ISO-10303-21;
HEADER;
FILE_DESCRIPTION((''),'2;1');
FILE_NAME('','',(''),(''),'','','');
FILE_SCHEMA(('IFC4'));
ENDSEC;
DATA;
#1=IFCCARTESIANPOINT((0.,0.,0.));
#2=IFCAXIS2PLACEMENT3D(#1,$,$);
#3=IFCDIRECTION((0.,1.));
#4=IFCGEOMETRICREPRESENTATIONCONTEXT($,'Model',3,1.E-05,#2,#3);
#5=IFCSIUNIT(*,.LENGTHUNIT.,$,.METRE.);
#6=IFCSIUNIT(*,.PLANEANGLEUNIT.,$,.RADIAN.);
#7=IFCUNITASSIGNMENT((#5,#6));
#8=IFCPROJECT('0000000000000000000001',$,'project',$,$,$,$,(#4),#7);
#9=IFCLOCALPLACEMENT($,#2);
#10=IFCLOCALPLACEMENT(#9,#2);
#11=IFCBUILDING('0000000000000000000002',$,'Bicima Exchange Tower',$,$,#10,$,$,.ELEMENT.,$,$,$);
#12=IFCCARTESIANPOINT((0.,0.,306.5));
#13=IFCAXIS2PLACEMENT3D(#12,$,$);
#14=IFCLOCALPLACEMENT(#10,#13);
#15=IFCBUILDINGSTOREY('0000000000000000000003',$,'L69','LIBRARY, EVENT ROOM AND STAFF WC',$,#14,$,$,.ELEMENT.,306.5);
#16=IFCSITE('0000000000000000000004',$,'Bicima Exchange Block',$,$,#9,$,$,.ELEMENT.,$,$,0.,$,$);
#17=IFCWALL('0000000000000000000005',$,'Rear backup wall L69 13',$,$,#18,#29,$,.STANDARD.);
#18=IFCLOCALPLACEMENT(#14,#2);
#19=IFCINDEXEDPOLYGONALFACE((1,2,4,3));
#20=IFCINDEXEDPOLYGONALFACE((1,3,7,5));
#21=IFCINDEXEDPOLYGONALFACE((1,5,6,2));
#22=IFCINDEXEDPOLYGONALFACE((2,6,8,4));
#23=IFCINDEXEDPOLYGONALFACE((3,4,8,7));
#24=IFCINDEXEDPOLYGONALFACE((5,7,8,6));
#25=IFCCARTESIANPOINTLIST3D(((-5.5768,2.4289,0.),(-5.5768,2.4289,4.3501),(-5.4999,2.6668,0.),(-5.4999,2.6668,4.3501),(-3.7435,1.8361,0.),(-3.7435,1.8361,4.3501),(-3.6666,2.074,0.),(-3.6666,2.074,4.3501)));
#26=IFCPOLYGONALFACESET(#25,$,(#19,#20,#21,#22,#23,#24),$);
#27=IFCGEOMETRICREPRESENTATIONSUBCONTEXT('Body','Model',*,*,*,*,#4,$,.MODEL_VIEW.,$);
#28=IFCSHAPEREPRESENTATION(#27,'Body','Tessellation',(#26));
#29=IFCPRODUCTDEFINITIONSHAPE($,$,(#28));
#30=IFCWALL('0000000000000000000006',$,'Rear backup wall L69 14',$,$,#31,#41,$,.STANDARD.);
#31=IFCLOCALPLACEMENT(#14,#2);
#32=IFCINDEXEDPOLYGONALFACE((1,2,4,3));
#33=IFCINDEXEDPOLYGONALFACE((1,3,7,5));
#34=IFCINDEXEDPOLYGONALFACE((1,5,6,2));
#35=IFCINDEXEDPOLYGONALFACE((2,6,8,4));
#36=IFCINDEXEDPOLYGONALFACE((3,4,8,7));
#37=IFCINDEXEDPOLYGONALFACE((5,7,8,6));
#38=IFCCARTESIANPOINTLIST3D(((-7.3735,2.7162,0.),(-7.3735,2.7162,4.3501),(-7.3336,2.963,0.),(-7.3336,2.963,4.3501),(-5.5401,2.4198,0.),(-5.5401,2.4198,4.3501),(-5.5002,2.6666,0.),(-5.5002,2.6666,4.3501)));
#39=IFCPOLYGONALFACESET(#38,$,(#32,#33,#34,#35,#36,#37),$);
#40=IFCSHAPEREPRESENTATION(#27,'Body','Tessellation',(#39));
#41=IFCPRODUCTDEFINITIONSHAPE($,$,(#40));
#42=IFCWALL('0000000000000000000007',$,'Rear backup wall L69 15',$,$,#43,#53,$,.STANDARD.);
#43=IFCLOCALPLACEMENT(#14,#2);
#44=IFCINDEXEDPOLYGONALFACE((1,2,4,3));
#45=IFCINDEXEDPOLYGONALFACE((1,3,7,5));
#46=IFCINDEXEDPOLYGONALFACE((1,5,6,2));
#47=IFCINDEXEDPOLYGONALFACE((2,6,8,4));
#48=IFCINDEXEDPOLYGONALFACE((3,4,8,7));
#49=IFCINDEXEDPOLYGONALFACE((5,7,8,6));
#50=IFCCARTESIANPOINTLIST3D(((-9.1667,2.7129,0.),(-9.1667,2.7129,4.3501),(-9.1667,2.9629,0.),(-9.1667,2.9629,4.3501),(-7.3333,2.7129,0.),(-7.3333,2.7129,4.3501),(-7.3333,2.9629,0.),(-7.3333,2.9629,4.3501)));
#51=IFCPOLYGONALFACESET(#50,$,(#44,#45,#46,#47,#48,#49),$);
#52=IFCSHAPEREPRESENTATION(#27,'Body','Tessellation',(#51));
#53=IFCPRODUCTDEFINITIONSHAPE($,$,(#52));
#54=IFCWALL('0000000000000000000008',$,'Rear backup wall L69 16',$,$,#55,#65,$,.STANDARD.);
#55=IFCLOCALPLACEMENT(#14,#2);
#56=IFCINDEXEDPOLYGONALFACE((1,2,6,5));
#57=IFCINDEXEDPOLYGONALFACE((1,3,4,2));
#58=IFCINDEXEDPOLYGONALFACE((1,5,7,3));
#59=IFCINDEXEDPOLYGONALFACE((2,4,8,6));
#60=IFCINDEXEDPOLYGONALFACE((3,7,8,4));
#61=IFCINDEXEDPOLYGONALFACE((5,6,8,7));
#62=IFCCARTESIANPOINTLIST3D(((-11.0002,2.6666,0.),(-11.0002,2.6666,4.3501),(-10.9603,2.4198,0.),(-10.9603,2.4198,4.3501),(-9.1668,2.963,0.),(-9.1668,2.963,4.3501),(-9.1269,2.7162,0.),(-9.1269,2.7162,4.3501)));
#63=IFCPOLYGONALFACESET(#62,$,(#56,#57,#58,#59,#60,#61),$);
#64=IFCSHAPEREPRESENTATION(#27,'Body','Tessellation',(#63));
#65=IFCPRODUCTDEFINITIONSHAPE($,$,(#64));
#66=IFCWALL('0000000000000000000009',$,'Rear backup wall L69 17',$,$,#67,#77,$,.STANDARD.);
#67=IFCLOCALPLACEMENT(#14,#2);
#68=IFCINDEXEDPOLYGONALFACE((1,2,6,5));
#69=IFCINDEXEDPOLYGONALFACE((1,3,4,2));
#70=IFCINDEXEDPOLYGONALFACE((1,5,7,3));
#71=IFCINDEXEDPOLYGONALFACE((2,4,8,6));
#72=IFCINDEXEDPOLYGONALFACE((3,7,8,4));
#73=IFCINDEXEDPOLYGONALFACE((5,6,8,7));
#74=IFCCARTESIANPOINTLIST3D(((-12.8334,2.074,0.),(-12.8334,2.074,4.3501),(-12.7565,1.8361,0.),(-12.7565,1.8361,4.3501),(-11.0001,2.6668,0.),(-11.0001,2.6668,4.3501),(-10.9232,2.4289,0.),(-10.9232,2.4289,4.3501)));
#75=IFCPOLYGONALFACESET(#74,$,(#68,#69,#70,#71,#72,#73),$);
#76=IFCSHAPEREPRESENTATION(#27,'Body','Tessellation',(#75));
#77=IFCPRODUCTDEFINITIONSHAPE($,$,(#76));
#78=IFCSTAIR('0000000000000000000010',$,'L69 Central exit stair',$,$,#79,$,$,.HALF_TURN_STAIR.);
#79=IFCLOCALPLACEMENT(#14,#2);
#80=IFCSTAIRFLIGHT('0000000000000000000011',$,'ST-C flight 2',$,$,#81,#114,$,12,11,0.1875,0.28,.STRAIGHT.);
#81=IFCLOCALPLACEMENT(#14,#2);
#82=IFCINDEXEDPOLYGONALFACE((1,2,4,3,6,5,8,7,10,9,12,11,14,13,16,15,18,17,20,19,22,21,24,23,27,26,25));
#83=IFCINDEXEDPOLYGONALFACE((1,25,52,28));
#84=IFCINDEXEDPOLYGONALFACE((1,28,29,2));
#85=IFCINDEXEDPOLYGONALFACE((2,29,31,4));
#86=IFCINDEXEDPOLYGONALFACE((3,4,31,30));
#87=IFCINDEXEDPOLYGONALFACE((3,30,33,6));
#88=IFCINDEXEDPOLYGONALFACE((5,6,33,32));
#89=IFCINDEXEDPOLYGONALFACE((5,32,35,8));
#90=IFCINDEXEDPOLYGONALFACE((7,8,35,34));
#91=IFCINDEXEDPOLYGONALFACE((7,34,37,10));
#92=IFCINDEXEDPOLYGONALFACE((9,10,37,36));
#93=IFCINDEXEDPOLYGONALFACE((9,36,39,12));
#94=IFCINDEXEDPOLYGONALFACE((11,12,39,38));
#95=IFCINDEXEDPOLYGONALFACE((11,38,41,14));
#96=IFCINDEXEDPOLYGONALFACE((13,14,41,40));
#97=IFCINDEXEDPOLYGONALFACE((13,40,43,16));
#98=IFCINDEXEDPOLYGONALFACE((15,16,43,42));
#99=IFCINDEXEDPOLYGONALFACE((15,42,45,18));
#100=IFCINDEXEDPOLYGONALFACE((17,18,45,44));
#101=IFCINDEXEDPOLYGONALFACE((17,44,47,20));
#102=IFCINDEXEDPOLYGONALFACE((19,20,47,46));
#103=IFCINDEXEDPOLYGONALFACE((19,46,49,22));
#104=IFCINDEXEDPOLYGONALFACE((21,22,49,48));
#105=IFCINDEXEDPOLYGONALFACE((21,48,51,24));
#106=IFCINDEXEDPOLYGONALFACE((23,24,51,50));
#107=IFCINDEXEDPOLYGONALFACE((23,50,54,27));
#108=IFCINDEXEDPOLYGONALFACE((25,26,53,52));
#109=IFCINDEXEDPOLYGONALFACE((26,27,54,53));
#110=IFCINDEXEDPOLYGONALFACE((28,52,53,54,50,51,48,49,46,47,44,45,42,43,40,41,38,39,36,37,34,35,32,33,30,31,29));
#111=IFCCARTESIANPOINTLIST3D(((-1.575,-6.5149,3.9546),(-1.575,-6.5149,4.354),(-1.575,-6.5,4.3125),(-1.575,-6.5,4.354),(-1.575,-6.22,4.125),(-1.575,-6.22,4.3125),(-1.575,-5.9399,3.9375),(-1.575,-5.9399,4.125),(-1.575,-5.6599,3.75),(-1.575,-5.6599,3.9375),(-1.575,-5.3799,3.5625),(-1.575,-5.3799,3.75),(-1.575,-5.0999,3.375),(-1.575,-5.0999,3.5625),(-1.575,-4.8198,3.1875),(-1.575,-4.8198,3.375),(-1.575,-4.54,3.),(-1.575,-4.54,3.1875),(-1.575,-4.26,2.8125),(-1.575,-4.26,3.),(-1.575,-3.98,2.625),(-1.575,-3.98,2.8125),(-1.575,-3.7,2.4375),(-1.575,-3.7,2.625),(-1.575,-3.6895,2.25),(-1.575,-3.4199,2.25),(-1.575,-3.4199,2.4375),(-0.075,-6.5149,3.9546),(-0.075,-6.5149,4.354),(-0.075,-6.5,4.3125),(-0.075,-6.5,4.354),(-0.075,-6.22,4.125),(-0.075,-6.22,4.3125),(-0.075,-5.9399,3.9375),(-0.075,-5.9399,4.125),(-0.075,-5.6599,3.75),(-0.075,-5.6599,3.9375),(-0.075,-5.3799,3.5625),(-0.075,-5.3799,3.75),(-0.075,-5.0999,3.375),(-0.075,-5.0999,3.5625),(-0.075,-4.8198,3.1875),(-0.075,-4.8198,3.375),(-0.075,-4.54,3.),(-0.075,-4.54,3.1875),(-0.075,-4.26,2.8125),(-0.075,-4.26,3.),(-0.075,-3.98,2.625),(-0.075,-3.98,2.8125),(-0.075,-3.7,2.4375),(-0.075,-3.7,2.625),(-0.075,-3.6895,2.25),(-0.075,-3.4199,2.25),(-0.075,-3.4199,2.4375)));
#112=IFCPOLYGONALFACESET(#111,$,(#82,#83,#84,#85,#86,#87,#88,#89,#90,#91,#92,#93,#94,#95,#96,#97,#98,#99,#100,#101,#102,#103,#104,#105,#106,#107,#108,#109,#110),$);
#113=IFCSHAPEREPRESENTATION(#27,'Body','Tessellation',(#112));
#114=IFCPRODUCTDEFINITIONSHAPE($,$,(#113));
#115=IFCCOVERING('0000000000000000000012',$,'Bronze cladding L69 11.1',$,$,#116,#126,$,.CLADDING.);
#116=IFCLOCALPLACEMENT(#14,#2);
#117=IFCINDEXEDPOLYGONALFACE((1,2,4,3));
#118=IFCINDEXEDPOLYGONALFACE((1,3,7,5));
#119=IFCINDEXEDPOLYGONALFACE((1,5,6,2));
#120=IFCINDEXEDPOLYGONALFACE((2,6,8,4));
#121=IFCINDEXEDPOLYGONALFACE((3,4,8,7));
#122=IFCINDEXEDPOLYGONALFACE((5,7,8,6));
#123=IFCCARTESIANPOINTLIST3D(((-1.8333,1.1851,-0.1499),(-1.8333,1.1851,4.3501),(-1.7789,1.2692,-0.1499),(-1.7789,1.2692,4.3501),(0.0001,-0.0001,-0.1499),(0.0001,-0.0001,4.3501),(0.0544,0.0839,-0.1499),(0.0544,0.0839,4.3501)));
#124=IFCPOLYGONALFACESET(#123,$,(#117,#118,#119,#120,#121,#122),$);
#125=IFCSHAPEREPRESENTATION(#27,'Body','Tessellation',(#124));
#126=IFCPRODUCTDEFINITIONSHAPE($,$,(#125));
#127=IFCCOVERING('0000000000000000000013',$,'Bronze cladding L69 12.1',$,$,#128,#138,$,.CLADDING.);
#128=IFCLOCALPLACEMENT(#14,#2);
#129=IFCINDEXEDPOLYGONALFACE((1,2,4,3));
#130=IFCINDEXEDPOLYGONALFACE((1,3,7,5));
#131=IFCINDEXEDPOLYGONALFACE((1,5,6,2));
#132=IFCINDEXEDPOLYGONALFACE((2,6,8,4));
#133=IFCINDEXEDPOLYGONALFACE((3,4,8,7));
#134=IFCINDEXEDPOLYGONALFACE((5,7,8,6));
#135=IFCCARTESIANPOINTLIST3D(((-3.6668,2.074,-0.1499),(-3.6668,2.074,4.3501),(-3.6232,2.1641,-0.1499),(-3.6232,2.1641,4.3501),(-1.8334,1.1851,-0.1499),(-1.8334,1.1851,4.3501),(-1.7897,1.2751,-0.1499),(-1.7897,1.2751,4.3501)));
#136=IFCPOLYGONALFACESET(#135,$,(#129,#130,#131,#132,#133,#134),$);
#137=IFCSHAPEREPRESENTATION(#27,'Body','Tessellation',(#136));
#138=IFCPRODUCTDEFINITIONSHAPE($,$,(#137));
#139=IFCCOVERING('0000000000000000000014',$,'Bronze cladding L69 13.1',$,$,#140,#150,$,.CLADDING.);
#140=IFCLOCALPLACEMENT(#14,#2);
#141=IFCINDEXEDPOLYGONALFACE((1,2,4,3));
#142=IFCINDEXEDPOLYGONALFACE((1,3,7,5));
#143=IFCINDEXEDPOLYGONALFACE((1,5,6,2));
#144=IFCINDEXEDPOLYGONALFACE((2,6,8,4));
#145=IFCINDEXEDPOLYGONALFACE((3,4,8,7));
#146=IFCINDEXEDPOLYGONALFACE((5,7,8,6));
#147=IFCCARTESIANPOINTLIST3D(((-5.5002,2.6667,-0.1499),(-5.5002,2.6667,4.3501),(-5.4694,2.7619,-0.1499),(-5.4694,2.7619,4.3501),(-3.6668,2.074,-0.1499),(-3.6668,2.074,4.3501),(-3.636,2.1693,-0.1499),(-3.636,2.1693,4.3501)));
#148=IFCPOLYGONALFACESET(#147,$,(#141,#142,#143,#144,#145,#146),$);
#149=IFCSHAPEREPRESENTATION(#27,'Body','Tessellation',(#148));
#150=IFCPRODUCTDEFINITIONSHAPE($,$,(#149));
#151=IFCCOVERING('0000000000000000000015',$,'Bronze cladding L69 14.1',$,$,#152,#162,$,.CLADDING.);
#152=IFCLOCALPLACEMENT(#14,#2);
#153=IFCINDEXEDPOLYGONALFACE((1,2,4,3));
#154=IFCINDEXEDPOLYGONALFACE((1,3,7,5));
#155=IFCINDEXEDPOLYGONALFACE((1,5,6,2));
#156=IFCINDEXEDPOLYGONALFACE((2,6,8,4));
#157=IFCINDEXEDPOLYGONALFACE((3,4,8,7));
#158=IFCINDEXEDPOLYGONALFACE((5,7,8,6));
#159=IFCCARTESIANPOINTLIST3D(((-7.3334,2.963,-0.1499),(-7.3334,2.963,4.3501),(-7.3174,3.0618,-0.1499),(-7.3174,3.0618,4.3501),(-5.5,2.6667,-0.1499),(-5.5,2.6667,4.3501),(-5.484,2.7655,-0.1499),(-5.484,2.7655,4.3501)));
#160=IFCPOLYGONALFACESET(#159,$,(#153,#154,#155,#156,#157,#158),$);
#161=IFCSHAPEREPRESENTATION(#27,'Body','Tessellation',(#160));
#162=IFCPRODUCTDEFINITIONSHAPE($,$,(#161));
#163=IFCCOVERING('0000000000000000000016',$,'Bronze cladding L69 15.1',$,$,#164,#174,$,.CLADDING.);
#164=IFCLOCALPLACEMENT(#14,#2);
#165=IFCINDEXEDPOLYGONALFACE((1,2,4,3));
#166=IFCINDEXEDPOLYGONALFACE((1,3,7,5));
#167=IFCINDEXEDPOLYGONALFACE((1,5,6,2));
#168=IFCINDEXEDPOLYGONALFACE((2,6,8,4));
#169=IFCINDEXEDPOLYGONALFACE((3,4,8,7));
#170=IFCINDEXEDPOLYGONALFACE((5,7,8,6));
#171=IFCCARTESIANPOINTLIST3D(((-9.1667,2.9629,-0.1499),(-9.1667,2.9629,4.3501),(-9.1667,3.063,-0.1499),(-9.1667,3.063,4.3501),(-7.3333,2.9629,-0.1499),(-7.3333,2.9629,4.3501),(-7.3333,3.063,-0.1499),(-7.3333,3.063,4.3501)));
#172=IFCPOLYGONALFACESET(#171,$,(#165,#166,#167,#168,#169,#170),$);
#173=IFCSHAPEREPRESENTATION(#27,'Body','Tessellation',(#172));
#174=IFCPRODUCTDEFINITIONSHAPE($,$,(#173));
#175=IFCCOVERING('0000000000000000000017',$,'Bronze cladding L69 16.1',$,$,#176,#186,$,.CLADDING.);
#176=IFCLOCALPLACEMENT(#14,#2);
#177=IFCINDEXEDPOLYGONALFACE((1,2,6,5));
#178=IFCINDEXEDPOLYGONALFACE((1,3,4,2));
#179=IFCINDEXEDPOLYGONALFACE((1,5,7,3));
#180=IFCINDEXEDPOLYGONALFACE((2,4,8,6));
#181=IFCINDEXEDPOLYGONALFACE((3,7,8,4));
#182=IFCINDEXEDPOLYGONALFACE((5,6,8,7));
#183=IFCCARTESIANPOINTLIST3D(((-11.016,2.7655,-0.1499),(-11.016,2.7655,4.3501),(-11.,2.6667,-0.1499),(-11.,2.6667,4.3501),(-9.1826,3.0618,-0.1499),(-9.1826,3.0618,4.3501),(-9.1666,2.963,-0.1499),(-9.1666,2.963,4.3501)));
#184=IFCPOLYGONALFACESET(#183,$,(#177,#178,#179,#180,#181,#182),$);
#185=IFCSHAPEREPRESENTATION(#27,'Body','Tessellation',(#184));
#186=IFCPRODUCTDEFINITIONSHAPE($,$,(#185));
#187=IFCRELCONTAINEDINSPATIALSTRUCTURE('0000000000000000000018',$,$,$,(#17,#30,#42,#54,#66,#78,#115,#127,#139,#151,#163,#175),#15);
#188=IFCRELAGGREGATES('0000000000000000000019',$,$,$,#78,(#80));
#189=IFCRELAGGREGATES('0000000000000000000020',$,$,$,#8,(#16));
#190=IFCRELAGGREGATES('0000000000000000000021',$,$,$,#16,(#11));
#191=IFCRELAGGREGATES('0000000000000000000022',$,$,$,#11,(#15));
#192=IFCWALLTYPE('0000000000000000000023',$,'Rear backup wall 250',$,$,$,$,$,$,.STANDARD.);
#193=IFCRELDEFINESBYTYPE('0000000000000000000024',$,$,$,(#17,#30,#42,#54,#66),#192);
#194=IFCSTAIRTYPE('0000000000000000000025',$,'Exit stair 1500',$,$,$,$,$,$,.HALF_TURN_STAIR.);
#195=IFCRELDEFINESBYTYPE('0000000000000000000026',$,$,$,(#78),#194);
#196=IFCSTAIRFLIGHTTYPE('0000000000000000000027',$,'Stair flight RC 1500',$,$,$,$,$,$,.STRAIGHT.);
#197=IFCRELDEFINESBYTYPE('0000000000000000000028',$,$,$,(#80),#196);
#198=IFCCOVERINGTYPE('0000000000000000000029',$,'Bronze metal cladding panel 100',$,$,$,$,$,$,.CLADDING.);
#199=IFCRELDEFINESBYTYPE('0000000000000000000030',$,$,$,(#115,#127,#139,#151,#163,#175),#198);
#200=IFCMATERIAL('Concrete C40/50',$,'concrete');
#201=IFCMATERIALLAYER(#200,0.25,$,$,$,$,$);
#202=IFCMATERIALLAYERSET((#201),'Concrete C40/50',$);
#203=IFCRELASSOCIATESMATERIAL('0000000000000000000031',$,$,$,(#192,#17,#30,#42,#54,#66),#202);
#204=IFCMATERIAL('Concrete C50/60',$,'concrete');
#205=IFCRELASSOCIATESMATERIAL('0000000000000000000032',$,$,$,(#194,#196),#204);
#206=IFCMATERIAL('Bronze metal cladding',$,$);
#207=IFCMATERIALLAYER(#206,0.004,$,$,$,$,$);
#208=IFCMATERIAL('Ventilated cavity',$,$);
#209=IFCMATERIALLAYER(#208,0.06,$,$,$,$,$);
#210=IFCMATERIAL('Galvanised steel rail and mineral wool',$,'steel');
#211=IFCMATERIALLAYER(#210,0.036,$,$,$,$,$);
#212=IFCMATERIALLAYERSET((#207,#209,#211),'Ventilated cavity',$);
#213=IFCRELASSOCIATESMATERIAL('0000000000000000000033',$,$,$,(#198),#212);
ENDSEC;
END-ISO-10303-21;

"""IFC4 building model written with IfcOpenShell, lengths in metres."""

from ifc_helpers import new_model, si_unit, direction, frame, frame_2d, origin, origin_2d, place, context, subcontext, project, spatial, polyline, rectangle, outline, extrude, material, layer, layer_set, layer_usage, type_object, element, aggregate, save


model = new_model("IFC4")

# Units and contexts
model_context = context("Model", 3, precision=1e-05, world=origin(), true_north=direction((0.0, 1.0)))
body_context = subcontext(model_context, "Body", "Model", "MODEL_VIEW")
ifc_project = project(units=[si_unit("LENGTHUNIT", "METRE"), si_unit("PLANEANGLEUNIT", "RADIAN")], contexts=[model_context])

# Site, building, storey
site_placement = place(None, origin())
site = spatial("IfcSite", under=ifc_project, at=site_placement, Name="Bicima Exchange Block", CompositionType="ELEMENT", RefElevation=0.0)
building_placement = place(site_placement, origin())
building = spatial("IfcBuilding", under=site, at=building_placement, Name="Bicima Exchange Tower", CompositionType="ELEMENT")
storey_placement = place(building_placement, frame((0.0, 0.0, 306.5)))
storey = spatial("IfcBuildingStorey", under=building, at=storey_placement, Name="L69", Description="LIBRARY, EVENT ROOM AND STAFF WC", CompositionType="ELEMENT", Elevation=306.5)

# Shared definitions
ifc_material_1 = material(Name="Concrete C40/50", Category="concrete")
ifc_material_2 = material(Name="Concrete C50/60", Category="concrete")

# Walls
ifc_layer_1 = layer(ifc_material_1, 0.25)
ifc_layer_set_1 = layer_set([ifc_layer_1], Name="Concrete C40/50")
ifc_layer_usage = layer_usage(ifc_layer_set_1, "AXIS2", "POSITIVE", -0.125)
wall_type_1 = type_object("IfcWallType", Name="Rear backup wall 250", PredefinedType="STANDARD", material=ifc_layer_set_1)
wall_1_placement = place(storey_placement, frame((-3.7051, 1.9551, 0.0), z_axis=(0.0, 0.0, 1.0), x_axis=(-0.951496, 0.307662, 0.0)))
element("IfcWall", 1, at=wall_1_placement, inside=storey, type_object=wall_type_1, material=ifc_layer_usage, Name="Rear backup wall L69 13", PredefinedType="STANDARD", context=body_context, shape_type="SweptSolid", body=[
    extrude(rectangle(XDim=1.9268, YDim=0.25, at=frame_2d((0.9634, 0.0))), origin(), (0.0, 0.0, 1.0), 4.3501),
])
wall_2_placement = place(storey_placement, frame((-5.52, 2.5432, 0.0), z_axis=(0.0, 0.0, 1.0), x_axis=(-0.987182, 0.1596, 0.0)))
element("IfcWall", 2, at=wall_2_placement, inside=storey, type_object=wall_type_1, material=ifc_layer_usage, Name="Rear backup wall L69 14", PredefinedType="STANDARD", context=body_context, shape_type="SweptSolid", body=[
    extrude(rectangle(XDim=1.8572, YDim=0.25, at=frame_2d((0.9287, 0.0))), origin(), (0.0, 0.0, 1.0), 4.3501),
])
wall_3_placement = place(storey_placement, frame((-7.3333, 2.8379, 0.0), z_axis=(0.0, 0.0, 1.0), x_axis=(-1.0, 0.0, 0.0)))
element("IfcWall", 3, at=wall_3_placement, inside=storey, type_object=wall_type_1, material=ifc_layer_usage, Name="Rear backup wall L69 15", PredefinedType="STANDARD", context=body_context, shape_type="SweptSolid", body=[
    extrude(rectangle(XDim=1.8335, YDim=0.25, at=frame_2d((0.9167, 0.0))), origin(), (0.0, 0.0, 1.0), 4.3501),
])
wall_4_placement = place(storey_placement, frame((-9.1467, 2.8396, 0.0), z_axis=(0.0, 0.0, 1.0), x_axis=(-0.987182, -0.1596, 0.0)))
element("IfcWall", 4, at=wall_4_placement, inside=storey, type_object=wall_type_1, material=ifc_layer_usage, Name="Rear backup wall L69 16", PredefinedType="STANDARD", context=body_context, shape_type="SweptSolid", body=[
    extrude(rectangle(XDim=1.8572, YDim=0.25, at=frame_2d((0.9287, 0.0))), origin(), (0.0, 0.0, 1.0), 4.3501),
])
wall_5_placement = place(storey_placement, frame((-10.9617, 2.5479, 0.0), z_axis=(0.0, 0.0, 1.0), x_axis=(-0.951496, -0.307662, 0.0)))
element("IfcWall", 5, at=wall_5_placement, inside=storey, type_object=wall_type_1, material=ifc_layer_usage, Name="Rear backup wall L69 17", PredefinedType="STANDARD", context=body_context, shape_type="SweptSolid", body=[
    extrude(rectangle(XDim=1.9268, YDim=0.25, at=frame_2d((0.9634, 0.0))), origin(), (0.0, 0.0, 1.0), 4.3501),
])

# Stair, stair flight
stair_type = type_object("IfcStairType", Name="Exit stair 1500", PredefinedType="HALF_TURN_STAIR", material=ifc_material_2)
stair_placement = place(storey_placement, origin())
stair = element("IfcStair", 6, at=stair_placement, inside=storey, type_object=stair_type, Name="L69 Central exit stair", PredefinedType="HALF_TURN_STAIR")
stair_flight_type = type_object("IfcStairFlightType", Name="Stair flight RC 1500", PredefinedType="STRAIGHT", material=ifc_material_2)
stair_flight_placement = place(storey_placement, frame((-0.825, -3.4199, 2.25), z_axis=(0.0, 0.0, 1.0), x_axis=(0.0, -1.0, 0.0)))
stair_flight = element("IfcStairFlight", 7, at=stair_flight_placement, type_object=stair_flight_type, Name="ST-C flight 2", NumberOfRisers=12, NumberOfTreads=11, PredefinedType="STRAIGHT", RiserHeight=0.1875, TreadLength=0.28, context=body_context, shape_type="SweptSolid", body=[
    extrude(outline(polyline([(0.0, 0.0), (0.0, 0.1875), (0.28, 0.1875), (0.28, 0.375), (0.5601, 0.375), (0.5601, 0.5625), (0.8401, 0.5625), (0.8401, 0.75), (1.1201, 0.75), (1.1201, 0.9375), (1.3999, 0.9375), (1.3999, 1.125), (1.6799, 1.125), (1.6799, 1.3125), (1.96, 1.3125), (1.96, 1.5), (2.24, 1.5), (2.24, 1.6875), (2.52, 1.6875), (2.52, 1.875), (2.8, 1.875), (2.8, 2.0625), (3.0801, 2.0625), (3.0801, 2.104), (3.095, 2.104), (3.095, 1.7046), (0.2695, 0.0), (0.0, 0.0)])), frame((0.0, 0.75, 0.0), z_axis=(0.0, -1.0, 0.0), x_axis=(1.0, 0.0, 0.0)), (0.0, 0.0, 1.0), 1.5),
])
aggregate(stair, [stair_flight])

# Coverings
ifc_material_3 = material(Name="Bronze metal cladding")
ifc_layer_2 = layer(ifc_material_3, 0.004)
ifc_material_4 = material(Name="Ventilated cavity")
ifc_layer_3 = layer(ifc_material_4, 0.06)
ifc_material_5 = material(Name="Galvanised steel rail and mineral wool", Category="steel")
ifc_layer_4 = layer(ifc_material_5, 0.036)
ifc_layer_set_2 = layer_set([ifc_layer_2, ifc_layer_3, ifc_layer_4], Name="Ventilated cavity")
covering_type = type_object("IfcCoveringType", Name="Bronze metal cladding panel 100", PredefinedType="CLADDING", material=ifc_layer_set_2)
covering_1_placement = place(storey_placement, frame((-0.8894, 0.6345, -0.1499), z_axis=(0.0, 0.0, 1.0), x_axis=(-0.83979, 0.542911, 0.0)))
element("IfcCovering", 8, at=covering_1_placement, inside=storey, type_object=covering_type, Name="Bronze cladding L69 11.1", PredefinedType="CLADDING", context=body_context, shape_type="SweptSolid", body=[
    extrude(rectangle(XDim=2.1831, YDim=0.1001, at=origin_2d()), origin(), (0.0, 0.0, 1.0), 4.5),
])
covering_2_placement = place(storey_placement, frame((-2.7283, 1.6746, -0.1499), z_axis=(0.0, 0.0, 1.0), x_axis=(-0.899818, 0.436265, 0.0)))
element("IfcCovering", 9, at=covering_2_placement, inside=storey, type_object=covering_type, Name="Bronze cladding L69 12.1", PredefinedType="CLADDING", context=body_context, shape_type="SweptSolid", body=[
    extrude(rectangle(XDim=2.0376, YDim=0.1001, at=origin_2d()), origin(), (0.0, 0.0, 1.0), 4.5),
])
covering_3_placement = place(storey_placement, frame((-4.5681, 2.418, -0.1499), z_axis=(0.0, 0.0, 1.0), x_axis=(-0.951525, 0.307573, 0.0)))
element("IfcCovering", 10, at=covering_3_placement, inside=storey, type_object=covering_type, Name="Bronze cladding L69 13.1", PredefinedType="CLADDING", context=body_context, shape_type="SweptSolid", body=[
    extrude(rectangle(XDim=1.9268, YDim=0.1001, at=origin_2d()), origin(), (0.0, 0.0, 1.0), 4.5),
])
covering_4_placement = place(storey_placement, frame((-6.4087, 2.8643, -0.1499), z_axis=(0.0, 0.0, 1.0), x_axis=(-0.98719, 0.15955, 0.0)))
element("IfcCovering", 11, at=covering_4_placement, inside=storey, type_object=covering_type, Name="Bronze cladding L69 14.1", PredefinedType="CLADDING", context=body_context, shape_type="SweptSolid", body=[
    extrude(rectangle(XDim=1.8572, YDim=0.1001, at=origin_2d()), origin(), (0.0, 0.0, 1.0), 4.5),
])
covering_5_placement = place(storey_placement, frame((-8.25, 3.0129, -0.1499), z_axis=(0.0, 0.0, 1.0), x_axis=(-1.0, 0.0, 0.0)))
element("IfcCovering", 12, at=covering_5_placement, inside=storey, type_object=covering_type, Name="Bronze cladding L69 15.1", PredefinedType="CLADDING", context=body_context, shape_type="SweptSolid", body=[
    extrude(rectangle(XDim=1.8335, YDim=0.1001, at=origin_2d()), origin(), (0.0, 0.0, 1.0), 4.5),
])
covering_6_placement = place(storey_placement, frame((-10.0913, 2.8643, -0.1499), z_axis=(0.0, 0.0, 1.0), x_axis=(-0.98719, -0.15955, 0.0)))
element("IfcCovering", 13, at=covering_6_placement, inside=storey, type_object=covering_type, Name="Bronze cladding L69 16.1", PredefinedType="CLADDING", context=body_context, shape_type="SweptSolid", body=[
    extrude(rectangle(XDim=1.8572, YDim=0.1001, at=origin_2d()), origin(), (0.0, 0.0, 1.0), 4.5),
])

save(model, "model.ifc")
